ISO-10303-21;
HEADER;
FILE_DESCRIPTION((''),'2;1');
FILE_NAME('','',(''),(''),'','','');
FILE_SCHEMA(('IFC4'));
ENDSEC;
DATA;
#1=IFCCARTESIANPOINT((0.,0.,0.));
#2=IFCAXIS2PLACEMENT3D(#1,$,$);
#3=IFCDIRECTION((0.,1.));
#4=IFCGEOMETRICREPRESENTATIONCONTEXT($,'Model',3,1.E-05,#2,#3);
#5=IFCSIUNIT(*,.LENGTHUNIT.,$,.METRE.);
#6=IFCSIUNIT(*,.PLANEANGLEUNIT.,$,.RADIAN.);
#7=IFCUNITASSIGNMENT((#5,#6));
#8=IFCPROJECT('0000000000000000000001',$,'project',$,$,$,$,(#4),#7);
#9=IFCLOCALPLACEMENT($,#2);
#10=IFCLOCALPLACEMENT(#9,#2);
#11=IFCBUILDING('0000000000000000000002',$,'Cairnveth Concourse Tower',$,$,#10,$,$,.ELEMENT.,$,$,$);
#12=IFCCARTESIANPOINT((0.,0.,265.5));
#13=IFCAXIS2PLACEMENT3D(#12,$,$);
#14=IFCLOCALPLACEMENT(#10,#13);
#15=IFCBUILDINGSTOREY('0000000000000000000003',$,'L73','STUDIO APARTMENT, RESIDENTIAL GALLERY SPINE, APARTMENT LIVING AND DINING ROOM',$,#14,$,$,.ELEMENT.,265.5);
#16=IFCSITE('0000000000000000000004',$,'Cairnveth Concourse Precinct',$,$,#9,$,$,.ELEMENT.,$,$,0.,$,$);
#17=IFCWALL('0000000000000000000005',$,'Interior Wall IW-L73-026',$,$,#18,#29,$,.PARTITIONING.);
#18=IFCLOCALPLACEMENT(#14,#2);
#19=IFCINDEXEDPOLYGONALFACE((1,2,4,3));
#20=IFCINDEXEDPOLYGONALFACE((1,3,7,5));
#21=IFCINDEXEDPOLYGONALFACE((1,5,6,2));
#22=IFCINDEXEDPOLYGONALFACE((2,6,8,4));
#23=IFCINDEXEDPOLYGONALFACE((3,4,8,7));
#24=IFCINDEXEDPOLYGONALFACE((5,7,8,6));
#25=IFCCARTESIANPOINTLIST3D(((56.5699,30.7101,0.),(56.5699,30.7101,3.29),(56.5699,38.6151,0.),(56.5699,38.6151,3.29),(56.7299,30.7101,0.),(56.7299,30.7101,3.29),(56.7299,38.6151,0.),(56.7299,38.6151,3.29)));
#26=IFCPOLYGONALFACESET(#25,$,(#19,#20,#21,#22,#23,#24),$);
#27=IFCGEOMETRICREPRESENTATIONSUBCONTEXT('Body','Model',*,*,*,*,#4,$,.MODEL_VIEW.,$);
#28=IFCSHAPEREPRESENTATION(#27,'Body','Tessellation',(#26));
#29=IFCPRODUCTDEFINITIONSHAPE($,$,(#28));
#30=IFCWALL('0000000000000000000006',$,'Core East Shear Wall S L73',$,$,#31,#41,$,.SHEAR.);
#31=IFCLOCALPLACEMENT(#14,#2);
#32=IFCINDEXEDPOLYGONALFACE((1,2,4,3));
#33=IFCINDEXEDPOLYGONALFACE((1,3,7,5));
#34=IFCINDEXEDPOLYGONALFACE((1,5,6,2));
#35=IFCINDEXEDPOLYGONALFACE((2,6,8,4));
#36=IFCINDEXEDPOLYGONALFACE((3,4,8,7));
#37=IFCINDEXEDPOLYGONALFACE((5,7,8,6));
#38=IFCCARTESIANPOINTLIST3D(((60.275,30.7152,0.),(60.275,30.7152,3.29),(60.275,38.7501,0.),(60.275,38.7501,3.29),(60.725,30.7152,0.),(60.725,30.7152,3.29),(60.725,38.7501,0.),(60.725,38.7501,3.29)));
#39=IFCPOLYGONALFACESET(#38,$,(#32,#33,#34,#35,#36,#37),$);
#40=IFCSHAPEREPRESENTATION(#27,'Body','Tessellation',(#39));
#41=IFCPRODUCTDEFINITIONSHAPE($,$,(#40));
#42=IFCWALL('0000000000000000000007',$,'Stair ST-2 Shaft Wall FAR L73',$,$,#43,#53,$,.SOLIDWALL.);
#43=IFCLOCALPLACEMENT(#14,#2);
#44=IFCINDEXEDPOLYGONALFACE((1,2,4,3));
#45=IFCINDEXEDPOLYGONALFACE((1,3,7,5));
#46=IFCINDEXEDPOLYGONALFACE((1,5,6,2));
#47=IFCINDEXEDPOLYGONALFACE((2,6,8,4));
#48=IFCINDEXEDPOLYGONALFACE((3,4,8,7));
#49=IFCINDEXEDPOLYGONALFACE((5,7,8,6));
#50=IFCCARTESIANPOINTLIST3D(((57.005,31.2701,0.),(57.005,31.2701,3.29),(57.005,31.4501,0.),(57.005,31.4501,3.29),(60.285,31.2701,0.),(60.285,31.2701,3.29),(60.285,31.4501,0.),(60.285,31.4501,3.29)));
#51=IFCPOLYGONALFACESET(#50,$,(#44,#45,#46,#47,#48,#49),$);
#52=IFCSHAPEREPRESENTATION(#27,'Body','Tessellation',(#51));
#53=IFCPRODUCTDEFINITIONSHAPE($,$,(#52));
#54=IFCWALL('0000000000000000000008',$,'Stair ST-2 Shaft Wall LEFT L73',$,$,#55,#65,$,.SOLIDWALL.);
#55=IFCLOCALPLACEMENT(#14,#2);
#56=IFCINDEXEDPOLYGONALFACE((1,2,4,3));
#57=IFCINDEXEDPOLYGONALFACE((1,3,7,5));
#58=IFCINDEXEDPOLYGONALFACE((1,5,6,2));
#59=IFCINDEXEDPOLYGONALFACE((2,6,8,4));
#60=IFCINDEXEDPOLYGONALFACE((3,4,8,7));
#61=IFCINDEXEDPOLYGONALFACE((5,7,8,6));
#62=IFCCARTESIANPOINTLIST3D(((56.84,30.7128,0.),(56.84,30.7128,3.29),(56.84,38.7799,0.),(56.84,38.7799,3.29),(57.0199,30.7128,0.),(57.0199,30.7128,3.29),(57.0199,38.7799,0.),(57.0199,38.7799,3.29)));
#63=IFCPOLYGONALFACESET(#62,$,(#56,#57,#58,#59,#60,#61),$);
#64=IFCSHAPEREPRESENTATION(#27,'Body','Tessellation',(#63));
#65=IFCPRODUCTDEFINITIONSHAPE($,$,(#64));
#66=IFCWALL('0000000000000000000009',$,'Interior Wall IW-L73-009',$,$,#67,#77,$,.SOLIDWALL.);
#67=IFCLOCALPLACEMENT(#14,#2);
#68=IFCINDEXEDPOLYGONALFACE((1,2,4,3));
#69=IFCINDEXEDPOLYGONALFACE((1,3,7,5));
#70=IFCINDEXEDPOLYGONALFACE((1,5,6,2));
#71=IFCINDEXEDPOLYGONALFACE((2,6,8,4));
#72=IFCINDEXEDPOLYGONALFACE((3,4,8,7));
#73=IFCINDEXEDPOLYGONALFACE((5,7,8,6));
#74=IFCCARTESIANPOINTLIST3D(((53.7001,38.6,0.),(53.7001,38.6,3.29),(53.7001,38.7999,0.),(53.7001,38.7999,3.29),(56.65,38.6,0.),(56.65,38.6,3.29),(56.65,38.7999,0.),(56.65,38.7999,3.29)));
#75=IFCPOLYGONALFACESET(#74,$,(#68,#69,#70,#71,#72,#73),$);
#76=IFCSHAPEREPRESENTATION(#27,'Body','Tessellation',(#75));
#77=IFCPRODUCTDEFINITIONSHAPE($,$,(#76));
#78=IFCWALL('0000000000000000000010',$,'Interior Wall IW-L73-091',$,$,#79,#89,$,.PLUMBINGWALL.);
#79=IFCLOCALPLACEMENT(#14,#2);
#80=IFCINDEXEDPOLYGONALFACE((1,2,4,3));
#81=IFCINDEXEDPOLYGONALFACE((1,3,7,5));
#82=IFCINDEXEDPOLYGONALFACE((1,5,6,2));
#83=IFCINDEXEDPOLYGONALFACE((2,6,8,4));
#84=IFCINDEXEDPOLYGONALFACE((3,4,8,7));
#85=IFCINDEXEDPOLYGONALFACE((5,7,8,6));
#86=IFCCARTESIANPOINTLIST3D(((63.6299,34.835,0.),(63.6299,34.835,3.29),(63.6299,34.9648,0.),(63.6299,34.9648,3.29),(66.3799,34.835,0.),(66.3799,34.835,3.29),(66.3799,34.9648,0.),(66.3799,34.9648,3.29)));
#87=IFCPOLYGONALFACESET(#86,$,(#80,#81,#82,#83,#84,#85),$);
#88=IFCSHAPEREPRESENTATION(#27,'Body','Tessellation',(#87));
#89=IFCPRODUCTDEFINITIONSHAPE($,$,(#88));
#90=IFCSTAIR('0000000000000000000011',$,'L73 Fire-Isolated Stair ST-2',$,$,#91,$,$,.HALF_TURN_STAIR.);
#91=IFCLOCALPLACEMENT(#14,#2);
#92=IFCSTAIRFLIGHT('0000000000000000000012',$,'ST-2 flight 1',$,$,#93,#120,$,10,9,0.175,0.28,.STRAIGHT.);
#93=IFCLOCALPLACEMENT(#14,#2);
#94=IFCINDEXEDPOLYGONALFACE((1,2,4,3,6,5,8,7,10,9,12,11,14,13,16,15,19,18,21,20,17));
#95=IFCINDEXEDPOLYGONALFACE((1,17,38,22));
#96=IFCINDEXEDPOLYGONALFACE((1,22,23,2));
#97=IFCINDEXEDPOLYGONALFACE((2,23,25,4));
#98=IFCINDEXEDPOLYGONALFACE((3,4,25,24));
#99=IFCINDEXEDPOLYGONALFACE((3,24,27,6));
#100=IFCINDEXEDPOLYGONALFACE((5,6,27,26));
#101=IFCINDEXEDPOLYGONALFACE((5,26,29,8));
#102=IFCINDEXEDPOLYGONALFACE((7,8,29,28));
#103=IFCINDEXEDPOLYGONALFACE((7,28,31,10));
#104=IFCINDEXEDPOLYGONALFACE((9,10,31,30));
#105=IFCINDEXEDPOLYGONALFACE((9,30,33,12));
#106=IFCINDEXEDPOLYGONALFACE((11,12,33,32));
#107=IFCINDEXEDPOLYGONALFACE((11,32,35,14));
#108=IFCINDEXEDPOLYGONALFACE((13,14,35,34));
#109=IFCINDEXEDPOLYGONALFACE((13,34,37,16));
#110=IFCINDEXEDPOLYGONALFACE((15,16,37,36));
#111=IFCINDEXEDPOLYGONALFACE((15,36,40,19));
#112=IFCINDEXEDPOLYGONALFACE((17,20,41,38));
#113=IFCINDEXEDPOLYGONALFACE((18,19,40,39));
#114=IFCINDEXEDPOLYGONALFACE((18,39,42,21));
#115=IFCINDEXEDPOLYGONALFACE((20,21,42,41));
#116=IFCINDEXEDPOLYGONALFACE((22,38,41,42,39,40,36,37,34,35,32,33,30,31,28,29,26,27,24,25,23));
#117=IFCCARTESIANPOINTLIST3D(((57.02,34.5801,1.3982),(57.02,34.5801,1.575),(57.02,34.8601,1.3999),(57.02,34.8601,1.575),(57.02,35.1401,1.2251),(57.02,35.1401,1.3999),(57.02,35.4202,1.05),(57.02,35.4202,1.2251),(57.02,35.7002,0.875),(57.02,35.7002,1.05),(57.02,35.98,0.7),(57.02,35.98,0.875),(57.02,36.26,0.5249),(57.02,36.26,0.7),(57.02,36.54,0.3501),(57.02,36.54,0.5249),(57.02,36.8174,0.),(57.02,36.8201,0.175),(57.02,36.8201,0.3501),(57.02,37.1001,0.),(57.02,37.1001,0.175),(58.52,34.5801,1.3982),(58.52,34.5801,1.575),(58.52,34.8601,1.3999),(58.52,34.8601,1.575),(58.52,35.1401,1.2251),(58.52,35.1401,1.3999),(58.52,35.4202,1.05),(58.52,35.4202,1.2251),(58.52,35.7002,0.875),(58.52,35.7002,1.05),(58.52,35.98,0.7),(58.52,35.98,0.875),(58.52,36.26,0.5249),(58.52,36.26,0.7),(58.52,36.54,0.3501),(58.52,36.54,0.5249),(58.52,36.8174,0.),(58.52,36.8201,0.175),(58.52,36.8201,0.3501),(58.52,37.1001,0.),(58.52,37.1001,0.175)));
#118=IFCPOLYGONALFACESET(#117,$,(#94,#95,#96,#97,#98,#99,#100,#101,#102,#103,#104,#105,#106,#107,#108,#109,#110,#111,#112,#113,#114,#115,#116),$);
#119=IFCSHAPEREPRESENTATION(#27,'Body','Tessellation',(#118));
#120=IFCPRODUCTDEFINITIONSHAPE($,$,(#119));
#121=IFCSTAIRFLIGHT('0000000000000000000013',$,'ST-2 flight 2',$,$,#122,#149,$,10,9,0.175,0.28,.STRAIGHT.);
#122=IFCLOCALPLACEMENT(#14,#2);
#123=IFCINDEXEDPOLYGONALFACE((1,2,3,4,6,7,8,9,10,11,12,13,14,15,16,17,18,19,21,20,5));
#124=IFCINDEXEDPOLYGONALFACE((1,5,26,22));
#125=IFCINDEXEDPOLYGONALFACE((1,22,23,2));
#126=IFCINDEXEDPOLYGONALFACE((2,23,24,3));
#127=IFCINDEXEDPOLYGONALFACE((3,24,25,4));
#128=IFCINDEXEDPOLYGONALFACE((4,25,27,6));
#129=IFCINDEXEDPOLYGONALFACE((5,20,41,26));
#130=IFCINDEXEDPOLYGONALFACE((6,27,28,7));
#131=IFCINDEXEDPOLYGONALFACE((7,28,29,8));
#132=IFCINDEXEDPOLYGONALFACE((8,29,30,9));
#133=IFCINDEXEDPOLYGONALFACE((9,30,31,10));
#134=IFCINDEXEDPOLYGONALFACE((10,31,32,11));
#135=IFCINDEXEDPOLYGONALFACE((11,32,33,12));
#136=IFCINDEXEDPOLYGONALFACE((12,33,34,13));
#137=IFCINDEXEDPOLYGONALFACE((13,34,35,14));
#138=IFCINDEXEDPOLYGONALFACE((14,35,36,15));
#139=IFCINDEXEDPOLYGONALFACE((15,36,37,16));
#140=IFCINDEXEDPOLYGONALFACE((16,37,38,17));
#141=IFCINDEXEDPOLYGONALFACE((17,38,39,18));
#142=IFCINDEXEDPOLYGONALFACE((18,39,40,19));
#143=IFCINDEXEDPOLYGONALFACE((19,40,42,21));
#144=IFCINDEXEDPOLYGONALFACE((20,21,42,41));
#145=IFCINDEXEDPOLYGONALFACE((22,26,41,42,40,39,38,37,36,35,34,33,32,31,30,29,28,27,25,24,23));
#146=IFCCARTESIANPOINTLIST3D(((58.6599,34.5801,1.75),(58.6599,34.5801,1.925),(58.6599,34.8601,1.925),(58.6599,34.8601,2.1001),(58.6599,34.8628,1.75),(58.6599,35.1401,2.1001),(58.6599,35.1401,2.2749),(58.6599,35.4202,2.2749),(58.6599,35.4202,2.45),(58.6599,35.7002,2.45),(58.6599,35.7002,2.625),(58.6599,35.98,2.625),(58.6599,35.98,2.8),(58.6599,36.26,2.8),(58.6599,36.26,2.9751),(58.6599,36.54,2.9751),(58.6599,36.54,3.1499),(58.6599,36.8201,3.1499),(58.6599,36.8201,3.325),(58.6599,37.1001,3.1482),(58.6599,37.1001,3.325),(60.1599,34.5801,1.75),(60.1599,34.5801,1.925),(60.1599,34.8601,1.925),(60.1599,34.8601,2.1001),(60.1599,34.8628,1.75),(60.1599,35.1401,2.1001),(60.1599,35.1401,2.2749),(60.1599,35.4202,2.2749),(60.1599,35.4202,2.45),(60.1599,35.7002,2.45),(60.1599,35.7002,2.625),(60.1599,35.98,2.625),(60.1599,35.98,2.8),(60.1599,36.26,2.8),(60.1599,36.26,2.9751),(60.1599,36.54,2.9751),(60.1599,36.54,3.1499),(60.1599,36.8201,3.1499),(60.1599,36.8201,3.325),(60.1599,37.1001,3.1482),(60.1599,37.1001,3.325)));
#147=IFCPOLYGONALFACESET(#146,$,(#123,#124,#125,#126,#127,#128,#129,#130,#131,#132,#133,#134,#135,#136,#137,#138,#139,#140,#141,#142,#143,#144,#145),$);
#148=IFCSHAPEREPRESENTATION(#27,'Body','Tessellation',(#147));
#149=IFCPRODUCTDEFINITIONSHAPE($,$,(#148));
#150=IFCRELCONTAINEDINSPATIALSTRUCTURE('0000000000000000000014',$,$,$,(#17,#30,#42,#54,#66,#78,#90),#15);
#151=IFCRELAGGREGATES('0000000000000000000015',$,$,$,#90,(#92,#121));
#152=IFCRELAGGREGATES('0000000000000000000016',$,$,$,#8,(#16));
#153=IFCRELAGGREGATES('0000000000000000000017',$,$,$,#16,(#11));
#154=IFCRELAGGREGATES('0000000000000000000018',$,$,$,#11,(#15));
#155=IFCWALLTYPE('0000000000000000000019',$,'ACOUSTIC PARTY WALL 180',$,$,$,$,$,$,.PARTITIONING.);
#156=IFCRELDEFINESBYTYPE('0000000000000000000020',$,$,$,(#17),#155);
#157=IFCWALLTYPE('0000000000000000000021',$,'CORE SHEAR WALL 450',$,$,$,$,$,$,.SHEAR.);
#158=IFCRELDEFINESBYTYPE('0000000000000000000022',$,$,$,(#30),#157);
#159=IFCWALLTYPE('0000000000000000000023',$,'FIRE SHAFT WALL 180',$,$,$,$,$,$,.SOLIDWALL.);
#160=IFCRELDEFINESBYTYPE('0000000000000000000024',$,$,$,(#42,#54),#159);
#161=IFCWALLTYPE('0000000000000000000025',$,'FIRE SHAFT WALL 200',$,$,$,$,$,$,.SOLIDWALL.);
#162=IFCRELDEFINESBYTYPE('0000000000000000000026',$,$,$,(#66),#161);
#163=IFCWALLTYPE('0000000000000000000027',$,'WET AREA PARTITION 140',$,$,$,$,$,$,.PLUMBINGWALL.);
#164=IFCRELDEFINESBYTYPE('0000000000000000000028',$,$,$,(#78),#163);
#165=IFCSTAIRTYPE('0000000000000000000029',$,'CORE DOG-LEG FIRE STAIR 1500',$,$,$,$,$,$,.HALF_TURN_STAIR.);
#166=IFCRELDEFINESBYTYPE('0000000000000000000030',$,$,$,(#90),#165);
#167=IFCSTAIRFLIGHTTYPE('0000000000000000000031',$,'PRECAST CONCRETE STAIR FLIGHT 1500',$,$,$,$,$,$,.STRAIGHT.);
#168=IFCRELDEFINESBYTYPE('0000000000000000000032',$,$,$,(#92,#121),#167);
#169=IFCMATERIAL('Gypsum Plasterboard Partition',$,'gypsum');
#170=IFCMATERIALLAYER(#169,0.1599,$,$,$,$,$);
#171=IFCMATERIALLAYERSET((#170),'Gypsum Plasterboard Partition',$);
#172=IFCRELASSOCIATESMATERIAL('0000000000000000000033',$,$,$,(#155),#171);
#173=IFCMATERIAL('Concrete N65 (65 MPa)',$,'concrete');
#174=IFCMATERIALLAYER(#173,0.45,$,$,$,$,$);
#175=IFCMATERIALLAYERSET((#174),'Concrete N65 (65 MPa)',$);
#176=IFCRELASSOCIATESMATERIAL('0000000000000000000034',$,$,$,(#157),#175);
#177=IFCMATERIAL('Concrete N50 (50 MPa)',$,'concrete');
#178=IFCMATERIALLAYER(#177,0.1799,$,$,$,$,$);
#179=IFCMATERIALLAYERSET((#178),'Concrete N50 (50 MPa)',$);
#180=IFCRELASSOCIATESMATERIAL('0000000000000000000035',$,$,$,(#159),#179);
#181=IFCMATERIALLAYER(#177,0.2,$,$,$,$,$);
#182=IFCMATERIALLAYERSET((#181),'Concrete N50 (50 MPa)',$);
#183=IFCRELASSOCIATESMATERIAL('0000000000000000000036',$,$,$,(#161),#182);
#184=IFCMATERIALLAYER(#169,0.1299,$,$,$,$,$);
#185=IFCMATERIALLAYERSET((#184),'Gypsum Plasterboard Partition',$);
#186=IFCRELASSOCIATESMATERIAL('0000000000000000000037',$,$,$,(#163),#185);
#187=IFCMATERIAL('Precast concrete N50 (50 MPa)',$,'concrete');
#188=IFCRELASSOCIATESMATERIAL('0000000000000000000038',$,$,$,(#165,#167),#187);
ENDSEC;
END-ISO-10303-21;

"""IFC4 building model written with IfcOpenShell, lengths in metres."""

from ifc_helpers import new_model, si_unit, direction, frame, frame_2d, origin, place, context, subcontext, project, spatial, polyline, rectangle, outline, extrude, material, layer, layer_set, type_object, element, aggregate, save


model = new_model("IFC4")

# Units and contexts
model_context = context("Model", 3, precision=1e-05, world=origin(), true_north=direction((0.0, 1.0)))
body_context = subcontext(model_context, "Body", "Model", "MODEL_VIEW")
ifc_project = project(units=[si_unit("LENGTHUNIT", "METRE"), si_unit("PLANEANGLEUNIT", "RADIAN")], contexts=[model_context])

# Site, building, storey
site_placement = place(None, origin())
site = spatial("IfcSite", under=ifc_project, at=site_placement, Name="Cairnveth Concourse Precinct", CompositionType="ELEMENT", RefElevation=0.0)
building_placement = place(site_placement, origin())
building = spatial("IfcBuilding", under=site, at=building_placement, Name="Cairnveth Concourse Tower", CompositionType="ELEMENT")
storey_placement = place(building_placement, frame((0.0, 0.0, 265.5)))
storey = spatial("IfcBuildingStorey", under=building, at=storey_placement, Name="L73", Description="STUDIO APARTMENT, RESIDENTIAL GALLERY SPINE, APARTMENT LIVING AND DINING ROOM", CompositionType="ELEMENT", Elevation=265.5)

# Walls
ifc_material_1 = material(Name="Gypsum Plasterboard Partition", Category="gypsum")
ifc_layer_1 = layer(ifc_material_1, 0.1599)
ifc_layer_set_1 = layer_set([ifc_layer_1], Name="Gypsum Plasterboard Partition")
wall_type_1 = type_object("IfcWallType", Name="ACOUSTIC PARTY WALL 180", PredefinedType="PARTITIONING", material=ifc_layer_set_1)
wall_1_placement = place(storey_placement, frame((56.6499, 30.71, 0.0), z_axis=(0.0, 0.0, 1.0), x_axis=(0.0, 1.0, 0.0)))
element("IfcWall", 1, at=wall_1_placement, inside=storey, type_object=wall_type_1, Name="Interior Wall IW-L73-026", PredefinedType="PARTITIONING", context=body_context, shape_type="SweptSolid", body=[
    extrude(rectangle(XDim=7.905, YDim=0.1599, at=frame_2d((3.9526, 0.0))), origin(), (0.0, 0.0, 1.0), 3.29),
])
ifc_material_2 = material(Name="Concrete N65 (65 MPa)", Category="concrete")
ifc_layer_2 = layer(ifc_material_2, 0.45)
ifc_layer_set_2 = layer_set([ifc_layer_2], Name="Concrete N65 (65 MPa)")
wall_type_2 = type_object("IfcWallType", Name="CORE SHEAR WALL 450", PredefinedType="SHEAR", material=ifc_layer_set_2)
wall_2_placement = place(storey_placement, frame((60.5, 30.7151, 0.0), z_axis=(0.0, 0.0, 1.0), x_axis=(0.0, 1.0, 0.0)))
element("IfcWall", 2, at=wall_2_placement, inside=storey, type_object=wall_type_2, Name="Core East Shear Wall S L73", PredefinedType="SHEAR", context=body_context, shape_type="SweptSolid", body=[
    extrude(rectangle(XDim=8.0349, YDim=0.45, at=frame_2d((4.0176, 0.0))), origin(), (0.0, 0.0, 1.0), 3.29),
])

# Shared definitions
ifc_material_3 = material(Name="Concrete N50 (50 MPa)", Category="concrete")
ifc_layer_3 = layer(ifc_material_3, 0.1799)
ifc_layer_set_3 = layer_set([ifc_layer_3], Name="Concrete N50 (50 MPa)")
wall_type_3 = type_object("IfcWallType", Name="FIRE SHAFT WALL 180", PredefinedType="SOLIDWALL", material=ifc_layer_set_3)

# Walls
wall_3_placement = place(storey_placement, frame((57.0049, 31.3601, 0.0), z_axis=(0.0, 0.0, 1.0), x_axis=(1.0, 0.0, 0.0)))
element("IfcWall", 3, at=wall_3_placement, inside=storey, type_object=wall_type_3, Name="Stair ST-2 Shaft Wall FAR L73", PredefinedType="SOLIDWALL", context=body_context, shape_type="SweptSolid", body=[
    extrude(rectangle(XDim=3.28, YDim=0.1799, at=frame_2d((1.6401, 0.0))), origin(), (0.0, 0.0, 1.0), 3.29),
])
wall_4_placement = place(storey_placement, frame((56.9299, 38.78, 0.0), z_axis=(0.0, 0.0, 1.0), x_axis=(0.0, -1.0, 0.0)))
element("IfcWall", 4, at=wall_4_placement, inside=storey, type_object=wall_type_3, Name="Stair ST-2 Shaft Wall LEFT L73", PredefinedType="SOLIDWALL", context=body_context, shape_type="SweptSolid", body=[
    extrude(rectangle(XDim=8.0671, YDim=0.1799, at=frame_2d((4.0337, 0.0))), origin(), (0.0, 0.0, 1.0), 3.29),
])
ifc_layer_4 = layer(ifc_material_3, 0.2)
ifc_layer_set_4 = layer_set([ifc_layer_4], Name="Concrete N50 (50 MPa)")
wall_type_4 = type_object("IfcWallType", Name="FIRE SHAFT WALL 200", PredefinedType="SOLIDWALL", material=ifc_layer_set_4)
wall_5_placement = place(storey_placement, frame((53.7, 38.7, 0.0), z_axis=(0.0, 0.0, 1.0), x_axis=(1.0, 0.0, 0.0)))
element("IfcWall", 5, at=wall_5_placement, inside=storey, type_object=wall_type_4, Name="Interior Wall IW-L73-009", PredefinedType="SOLIDWALL", context=body_context, shape_type="SweptSolid", body=[
    extrude(rectangle(XDim=2.95, YDim=0.2, at=frame_2d((1.4751, 0.0))), origin(), (0.0, 0.0, 1.0), 3.29),
])

# Wall
ifc_layer_5 = layer(ifc_material_1, 0.1299)
ifc_layer_set_5 = layer_set([ifc_layer_5], Name="Gypsum Plasterboard Partition")
wall_type_5 = type_object("IfcWallType", Name="WET AREA PARTITION 140", PredefinedType="PLUMBINGWALL", material=ifc_layer_set_5)
wall_6_placement = place(storey_placement, frame((63.6299, 34.8999, 0.0), z_axis=(0.0, 0.0, 1.0), x_axis=(1.0, 0.0, 0.0)))
element("IfcWall", 6, at=wall_6_placement, inside=storey, type_object=wall_type_5, Name="Interior Wall IW-L73-091", PredefinedType="PLUMBINGWALL", context=body_context, shape_type="SweptSolid", body=[
    extrude(rectangle(XDim=2.75, YDim=0.1299, at=frame_2d((1.375, 0.0))), origin(), (0.0, 0.0, 1.0), 3.29),
])

# Stair, stair flights
ifc_material_4 = material(Name="Precast concrete N50 (50 MPa)", Category="concrete")
stair_type = type_object("IfcStairType", Name="CORE DOG-LEG FIRE STAIR 1500", PredefinedType="HALF_TURN_STAIR", material=ifc_material_4)
stair_placement = place(storey_placement, origin())
stair = element("IfcStair", 7, at=stair_placement, inside=storey, type_object=stair_type, Name="L73 Fire-Isolated Stair ST-2", PredefinedType="HALF_TURN_STAIR")
stair_flight_type = type_object("IfcStairFlightType", Name="PRECAST CONCRETE STAIR FLIGHT 1500", PredefinedType="STRAIGHT", material=ifc_material_4)
stair_flight_1_placement = place(storey_placement, frame((57.77, 37.1001, 0.0), z_axis=(0.0, 0.0, 1.0), x_axis=(0.0, -1.0, 0.0)))
stair_flight_1 = element("IfcStairFlight", 8, at=stair_flight_1_placement, type_object=stair_flight_type, Name="ST-2 flight 1", NumberOfRisers=10, NumberOfTreads=9, PredefinedType="STRAIGHT", RiserHeight=0.175, TreadLength=0.28, context=body_context, shape_type="SweptSolid", body=[
    extrude(outline(polyline([(0.0, 0.0), (0.0, 0.175), (0.28, 0.175), (0.28, 0.3501), (0.5601, 0.3501), (0.5601, 0.5249), (0.8401, 0.5249), (0.8401, 0.7), (1.1201, 0.7), (1.1201, 0.875), (1.3999, 0.875), (1.3999, 1.05), (1.6799, 1.05), (1.6799, 1.2251), (1.96, 1.2251), (1.96, 1.3999), (2.24, 1.3999), (2.24, 1.575), (2.52, 1.575), (2.52, 1.75), (2.52, 1.3982), (0.2827, 0.0), (0.0, 0.0)])), frame((0.0, 0.75, 0.0), z_axis=(0.0, -1.0, 0.0), x_axis=(1.0, 0.0, 0.0)), (0.0, 0.0, 1.0), 1.5),
])
stair_flight_2_placement = place(storey_placement, frame((59.4099, 34.5801, 1.75), z_axis=(0.0, 0.0, 1.0), x_axis=(0.0, 1.0, 0.0)))
stair_flight_2 = element("IfcStairFlight", 9, at=stair_flight_2_placement, type_object=stair_flight_type, Name="ST-2 flight 2", NumberOfRisers=10, NumberOfTreads=9, PredefinedType="STRAIGHT", RiserHeight=0.175, TreadLength=0.28, context=body_context, shape_type="SweptSolid", body=[
    extrude(outline(polyline([(0.0, 0.0), (0.0, 0.175), (0.28, 0.175), (0.28, 0.3501), (0.5601, 0.3501), (0.5601, 0.5249), (0.8401, 0.5249), (0.8401, 0.7), (1.1201, 0.7), (1.1201, 0.875), (1.3999, 0.875), (1.3999, 1.05), (1.6799, 1.05), (1.6799, 1.2251), (1.96, 1.2251), (1.96, 1.3999), (2.24, 1.3999), (2.24, 1.575), (2.52, 1.575), (2.52, 1.75), (2.52, 1.3982), (0.2827, 0.0), (0.0, 0.0)])), frame((0.0, 0.75, 0.0), z_axis=(0.0, -1.0, 0.0), x_axis=(1.0, 0.0, 0.0)), (0.0, 0.0, 1.0), 1.5),
])
aggregate(stair, [stair_flight_1, stair_flight_2])

save(model, "model.ifc")
